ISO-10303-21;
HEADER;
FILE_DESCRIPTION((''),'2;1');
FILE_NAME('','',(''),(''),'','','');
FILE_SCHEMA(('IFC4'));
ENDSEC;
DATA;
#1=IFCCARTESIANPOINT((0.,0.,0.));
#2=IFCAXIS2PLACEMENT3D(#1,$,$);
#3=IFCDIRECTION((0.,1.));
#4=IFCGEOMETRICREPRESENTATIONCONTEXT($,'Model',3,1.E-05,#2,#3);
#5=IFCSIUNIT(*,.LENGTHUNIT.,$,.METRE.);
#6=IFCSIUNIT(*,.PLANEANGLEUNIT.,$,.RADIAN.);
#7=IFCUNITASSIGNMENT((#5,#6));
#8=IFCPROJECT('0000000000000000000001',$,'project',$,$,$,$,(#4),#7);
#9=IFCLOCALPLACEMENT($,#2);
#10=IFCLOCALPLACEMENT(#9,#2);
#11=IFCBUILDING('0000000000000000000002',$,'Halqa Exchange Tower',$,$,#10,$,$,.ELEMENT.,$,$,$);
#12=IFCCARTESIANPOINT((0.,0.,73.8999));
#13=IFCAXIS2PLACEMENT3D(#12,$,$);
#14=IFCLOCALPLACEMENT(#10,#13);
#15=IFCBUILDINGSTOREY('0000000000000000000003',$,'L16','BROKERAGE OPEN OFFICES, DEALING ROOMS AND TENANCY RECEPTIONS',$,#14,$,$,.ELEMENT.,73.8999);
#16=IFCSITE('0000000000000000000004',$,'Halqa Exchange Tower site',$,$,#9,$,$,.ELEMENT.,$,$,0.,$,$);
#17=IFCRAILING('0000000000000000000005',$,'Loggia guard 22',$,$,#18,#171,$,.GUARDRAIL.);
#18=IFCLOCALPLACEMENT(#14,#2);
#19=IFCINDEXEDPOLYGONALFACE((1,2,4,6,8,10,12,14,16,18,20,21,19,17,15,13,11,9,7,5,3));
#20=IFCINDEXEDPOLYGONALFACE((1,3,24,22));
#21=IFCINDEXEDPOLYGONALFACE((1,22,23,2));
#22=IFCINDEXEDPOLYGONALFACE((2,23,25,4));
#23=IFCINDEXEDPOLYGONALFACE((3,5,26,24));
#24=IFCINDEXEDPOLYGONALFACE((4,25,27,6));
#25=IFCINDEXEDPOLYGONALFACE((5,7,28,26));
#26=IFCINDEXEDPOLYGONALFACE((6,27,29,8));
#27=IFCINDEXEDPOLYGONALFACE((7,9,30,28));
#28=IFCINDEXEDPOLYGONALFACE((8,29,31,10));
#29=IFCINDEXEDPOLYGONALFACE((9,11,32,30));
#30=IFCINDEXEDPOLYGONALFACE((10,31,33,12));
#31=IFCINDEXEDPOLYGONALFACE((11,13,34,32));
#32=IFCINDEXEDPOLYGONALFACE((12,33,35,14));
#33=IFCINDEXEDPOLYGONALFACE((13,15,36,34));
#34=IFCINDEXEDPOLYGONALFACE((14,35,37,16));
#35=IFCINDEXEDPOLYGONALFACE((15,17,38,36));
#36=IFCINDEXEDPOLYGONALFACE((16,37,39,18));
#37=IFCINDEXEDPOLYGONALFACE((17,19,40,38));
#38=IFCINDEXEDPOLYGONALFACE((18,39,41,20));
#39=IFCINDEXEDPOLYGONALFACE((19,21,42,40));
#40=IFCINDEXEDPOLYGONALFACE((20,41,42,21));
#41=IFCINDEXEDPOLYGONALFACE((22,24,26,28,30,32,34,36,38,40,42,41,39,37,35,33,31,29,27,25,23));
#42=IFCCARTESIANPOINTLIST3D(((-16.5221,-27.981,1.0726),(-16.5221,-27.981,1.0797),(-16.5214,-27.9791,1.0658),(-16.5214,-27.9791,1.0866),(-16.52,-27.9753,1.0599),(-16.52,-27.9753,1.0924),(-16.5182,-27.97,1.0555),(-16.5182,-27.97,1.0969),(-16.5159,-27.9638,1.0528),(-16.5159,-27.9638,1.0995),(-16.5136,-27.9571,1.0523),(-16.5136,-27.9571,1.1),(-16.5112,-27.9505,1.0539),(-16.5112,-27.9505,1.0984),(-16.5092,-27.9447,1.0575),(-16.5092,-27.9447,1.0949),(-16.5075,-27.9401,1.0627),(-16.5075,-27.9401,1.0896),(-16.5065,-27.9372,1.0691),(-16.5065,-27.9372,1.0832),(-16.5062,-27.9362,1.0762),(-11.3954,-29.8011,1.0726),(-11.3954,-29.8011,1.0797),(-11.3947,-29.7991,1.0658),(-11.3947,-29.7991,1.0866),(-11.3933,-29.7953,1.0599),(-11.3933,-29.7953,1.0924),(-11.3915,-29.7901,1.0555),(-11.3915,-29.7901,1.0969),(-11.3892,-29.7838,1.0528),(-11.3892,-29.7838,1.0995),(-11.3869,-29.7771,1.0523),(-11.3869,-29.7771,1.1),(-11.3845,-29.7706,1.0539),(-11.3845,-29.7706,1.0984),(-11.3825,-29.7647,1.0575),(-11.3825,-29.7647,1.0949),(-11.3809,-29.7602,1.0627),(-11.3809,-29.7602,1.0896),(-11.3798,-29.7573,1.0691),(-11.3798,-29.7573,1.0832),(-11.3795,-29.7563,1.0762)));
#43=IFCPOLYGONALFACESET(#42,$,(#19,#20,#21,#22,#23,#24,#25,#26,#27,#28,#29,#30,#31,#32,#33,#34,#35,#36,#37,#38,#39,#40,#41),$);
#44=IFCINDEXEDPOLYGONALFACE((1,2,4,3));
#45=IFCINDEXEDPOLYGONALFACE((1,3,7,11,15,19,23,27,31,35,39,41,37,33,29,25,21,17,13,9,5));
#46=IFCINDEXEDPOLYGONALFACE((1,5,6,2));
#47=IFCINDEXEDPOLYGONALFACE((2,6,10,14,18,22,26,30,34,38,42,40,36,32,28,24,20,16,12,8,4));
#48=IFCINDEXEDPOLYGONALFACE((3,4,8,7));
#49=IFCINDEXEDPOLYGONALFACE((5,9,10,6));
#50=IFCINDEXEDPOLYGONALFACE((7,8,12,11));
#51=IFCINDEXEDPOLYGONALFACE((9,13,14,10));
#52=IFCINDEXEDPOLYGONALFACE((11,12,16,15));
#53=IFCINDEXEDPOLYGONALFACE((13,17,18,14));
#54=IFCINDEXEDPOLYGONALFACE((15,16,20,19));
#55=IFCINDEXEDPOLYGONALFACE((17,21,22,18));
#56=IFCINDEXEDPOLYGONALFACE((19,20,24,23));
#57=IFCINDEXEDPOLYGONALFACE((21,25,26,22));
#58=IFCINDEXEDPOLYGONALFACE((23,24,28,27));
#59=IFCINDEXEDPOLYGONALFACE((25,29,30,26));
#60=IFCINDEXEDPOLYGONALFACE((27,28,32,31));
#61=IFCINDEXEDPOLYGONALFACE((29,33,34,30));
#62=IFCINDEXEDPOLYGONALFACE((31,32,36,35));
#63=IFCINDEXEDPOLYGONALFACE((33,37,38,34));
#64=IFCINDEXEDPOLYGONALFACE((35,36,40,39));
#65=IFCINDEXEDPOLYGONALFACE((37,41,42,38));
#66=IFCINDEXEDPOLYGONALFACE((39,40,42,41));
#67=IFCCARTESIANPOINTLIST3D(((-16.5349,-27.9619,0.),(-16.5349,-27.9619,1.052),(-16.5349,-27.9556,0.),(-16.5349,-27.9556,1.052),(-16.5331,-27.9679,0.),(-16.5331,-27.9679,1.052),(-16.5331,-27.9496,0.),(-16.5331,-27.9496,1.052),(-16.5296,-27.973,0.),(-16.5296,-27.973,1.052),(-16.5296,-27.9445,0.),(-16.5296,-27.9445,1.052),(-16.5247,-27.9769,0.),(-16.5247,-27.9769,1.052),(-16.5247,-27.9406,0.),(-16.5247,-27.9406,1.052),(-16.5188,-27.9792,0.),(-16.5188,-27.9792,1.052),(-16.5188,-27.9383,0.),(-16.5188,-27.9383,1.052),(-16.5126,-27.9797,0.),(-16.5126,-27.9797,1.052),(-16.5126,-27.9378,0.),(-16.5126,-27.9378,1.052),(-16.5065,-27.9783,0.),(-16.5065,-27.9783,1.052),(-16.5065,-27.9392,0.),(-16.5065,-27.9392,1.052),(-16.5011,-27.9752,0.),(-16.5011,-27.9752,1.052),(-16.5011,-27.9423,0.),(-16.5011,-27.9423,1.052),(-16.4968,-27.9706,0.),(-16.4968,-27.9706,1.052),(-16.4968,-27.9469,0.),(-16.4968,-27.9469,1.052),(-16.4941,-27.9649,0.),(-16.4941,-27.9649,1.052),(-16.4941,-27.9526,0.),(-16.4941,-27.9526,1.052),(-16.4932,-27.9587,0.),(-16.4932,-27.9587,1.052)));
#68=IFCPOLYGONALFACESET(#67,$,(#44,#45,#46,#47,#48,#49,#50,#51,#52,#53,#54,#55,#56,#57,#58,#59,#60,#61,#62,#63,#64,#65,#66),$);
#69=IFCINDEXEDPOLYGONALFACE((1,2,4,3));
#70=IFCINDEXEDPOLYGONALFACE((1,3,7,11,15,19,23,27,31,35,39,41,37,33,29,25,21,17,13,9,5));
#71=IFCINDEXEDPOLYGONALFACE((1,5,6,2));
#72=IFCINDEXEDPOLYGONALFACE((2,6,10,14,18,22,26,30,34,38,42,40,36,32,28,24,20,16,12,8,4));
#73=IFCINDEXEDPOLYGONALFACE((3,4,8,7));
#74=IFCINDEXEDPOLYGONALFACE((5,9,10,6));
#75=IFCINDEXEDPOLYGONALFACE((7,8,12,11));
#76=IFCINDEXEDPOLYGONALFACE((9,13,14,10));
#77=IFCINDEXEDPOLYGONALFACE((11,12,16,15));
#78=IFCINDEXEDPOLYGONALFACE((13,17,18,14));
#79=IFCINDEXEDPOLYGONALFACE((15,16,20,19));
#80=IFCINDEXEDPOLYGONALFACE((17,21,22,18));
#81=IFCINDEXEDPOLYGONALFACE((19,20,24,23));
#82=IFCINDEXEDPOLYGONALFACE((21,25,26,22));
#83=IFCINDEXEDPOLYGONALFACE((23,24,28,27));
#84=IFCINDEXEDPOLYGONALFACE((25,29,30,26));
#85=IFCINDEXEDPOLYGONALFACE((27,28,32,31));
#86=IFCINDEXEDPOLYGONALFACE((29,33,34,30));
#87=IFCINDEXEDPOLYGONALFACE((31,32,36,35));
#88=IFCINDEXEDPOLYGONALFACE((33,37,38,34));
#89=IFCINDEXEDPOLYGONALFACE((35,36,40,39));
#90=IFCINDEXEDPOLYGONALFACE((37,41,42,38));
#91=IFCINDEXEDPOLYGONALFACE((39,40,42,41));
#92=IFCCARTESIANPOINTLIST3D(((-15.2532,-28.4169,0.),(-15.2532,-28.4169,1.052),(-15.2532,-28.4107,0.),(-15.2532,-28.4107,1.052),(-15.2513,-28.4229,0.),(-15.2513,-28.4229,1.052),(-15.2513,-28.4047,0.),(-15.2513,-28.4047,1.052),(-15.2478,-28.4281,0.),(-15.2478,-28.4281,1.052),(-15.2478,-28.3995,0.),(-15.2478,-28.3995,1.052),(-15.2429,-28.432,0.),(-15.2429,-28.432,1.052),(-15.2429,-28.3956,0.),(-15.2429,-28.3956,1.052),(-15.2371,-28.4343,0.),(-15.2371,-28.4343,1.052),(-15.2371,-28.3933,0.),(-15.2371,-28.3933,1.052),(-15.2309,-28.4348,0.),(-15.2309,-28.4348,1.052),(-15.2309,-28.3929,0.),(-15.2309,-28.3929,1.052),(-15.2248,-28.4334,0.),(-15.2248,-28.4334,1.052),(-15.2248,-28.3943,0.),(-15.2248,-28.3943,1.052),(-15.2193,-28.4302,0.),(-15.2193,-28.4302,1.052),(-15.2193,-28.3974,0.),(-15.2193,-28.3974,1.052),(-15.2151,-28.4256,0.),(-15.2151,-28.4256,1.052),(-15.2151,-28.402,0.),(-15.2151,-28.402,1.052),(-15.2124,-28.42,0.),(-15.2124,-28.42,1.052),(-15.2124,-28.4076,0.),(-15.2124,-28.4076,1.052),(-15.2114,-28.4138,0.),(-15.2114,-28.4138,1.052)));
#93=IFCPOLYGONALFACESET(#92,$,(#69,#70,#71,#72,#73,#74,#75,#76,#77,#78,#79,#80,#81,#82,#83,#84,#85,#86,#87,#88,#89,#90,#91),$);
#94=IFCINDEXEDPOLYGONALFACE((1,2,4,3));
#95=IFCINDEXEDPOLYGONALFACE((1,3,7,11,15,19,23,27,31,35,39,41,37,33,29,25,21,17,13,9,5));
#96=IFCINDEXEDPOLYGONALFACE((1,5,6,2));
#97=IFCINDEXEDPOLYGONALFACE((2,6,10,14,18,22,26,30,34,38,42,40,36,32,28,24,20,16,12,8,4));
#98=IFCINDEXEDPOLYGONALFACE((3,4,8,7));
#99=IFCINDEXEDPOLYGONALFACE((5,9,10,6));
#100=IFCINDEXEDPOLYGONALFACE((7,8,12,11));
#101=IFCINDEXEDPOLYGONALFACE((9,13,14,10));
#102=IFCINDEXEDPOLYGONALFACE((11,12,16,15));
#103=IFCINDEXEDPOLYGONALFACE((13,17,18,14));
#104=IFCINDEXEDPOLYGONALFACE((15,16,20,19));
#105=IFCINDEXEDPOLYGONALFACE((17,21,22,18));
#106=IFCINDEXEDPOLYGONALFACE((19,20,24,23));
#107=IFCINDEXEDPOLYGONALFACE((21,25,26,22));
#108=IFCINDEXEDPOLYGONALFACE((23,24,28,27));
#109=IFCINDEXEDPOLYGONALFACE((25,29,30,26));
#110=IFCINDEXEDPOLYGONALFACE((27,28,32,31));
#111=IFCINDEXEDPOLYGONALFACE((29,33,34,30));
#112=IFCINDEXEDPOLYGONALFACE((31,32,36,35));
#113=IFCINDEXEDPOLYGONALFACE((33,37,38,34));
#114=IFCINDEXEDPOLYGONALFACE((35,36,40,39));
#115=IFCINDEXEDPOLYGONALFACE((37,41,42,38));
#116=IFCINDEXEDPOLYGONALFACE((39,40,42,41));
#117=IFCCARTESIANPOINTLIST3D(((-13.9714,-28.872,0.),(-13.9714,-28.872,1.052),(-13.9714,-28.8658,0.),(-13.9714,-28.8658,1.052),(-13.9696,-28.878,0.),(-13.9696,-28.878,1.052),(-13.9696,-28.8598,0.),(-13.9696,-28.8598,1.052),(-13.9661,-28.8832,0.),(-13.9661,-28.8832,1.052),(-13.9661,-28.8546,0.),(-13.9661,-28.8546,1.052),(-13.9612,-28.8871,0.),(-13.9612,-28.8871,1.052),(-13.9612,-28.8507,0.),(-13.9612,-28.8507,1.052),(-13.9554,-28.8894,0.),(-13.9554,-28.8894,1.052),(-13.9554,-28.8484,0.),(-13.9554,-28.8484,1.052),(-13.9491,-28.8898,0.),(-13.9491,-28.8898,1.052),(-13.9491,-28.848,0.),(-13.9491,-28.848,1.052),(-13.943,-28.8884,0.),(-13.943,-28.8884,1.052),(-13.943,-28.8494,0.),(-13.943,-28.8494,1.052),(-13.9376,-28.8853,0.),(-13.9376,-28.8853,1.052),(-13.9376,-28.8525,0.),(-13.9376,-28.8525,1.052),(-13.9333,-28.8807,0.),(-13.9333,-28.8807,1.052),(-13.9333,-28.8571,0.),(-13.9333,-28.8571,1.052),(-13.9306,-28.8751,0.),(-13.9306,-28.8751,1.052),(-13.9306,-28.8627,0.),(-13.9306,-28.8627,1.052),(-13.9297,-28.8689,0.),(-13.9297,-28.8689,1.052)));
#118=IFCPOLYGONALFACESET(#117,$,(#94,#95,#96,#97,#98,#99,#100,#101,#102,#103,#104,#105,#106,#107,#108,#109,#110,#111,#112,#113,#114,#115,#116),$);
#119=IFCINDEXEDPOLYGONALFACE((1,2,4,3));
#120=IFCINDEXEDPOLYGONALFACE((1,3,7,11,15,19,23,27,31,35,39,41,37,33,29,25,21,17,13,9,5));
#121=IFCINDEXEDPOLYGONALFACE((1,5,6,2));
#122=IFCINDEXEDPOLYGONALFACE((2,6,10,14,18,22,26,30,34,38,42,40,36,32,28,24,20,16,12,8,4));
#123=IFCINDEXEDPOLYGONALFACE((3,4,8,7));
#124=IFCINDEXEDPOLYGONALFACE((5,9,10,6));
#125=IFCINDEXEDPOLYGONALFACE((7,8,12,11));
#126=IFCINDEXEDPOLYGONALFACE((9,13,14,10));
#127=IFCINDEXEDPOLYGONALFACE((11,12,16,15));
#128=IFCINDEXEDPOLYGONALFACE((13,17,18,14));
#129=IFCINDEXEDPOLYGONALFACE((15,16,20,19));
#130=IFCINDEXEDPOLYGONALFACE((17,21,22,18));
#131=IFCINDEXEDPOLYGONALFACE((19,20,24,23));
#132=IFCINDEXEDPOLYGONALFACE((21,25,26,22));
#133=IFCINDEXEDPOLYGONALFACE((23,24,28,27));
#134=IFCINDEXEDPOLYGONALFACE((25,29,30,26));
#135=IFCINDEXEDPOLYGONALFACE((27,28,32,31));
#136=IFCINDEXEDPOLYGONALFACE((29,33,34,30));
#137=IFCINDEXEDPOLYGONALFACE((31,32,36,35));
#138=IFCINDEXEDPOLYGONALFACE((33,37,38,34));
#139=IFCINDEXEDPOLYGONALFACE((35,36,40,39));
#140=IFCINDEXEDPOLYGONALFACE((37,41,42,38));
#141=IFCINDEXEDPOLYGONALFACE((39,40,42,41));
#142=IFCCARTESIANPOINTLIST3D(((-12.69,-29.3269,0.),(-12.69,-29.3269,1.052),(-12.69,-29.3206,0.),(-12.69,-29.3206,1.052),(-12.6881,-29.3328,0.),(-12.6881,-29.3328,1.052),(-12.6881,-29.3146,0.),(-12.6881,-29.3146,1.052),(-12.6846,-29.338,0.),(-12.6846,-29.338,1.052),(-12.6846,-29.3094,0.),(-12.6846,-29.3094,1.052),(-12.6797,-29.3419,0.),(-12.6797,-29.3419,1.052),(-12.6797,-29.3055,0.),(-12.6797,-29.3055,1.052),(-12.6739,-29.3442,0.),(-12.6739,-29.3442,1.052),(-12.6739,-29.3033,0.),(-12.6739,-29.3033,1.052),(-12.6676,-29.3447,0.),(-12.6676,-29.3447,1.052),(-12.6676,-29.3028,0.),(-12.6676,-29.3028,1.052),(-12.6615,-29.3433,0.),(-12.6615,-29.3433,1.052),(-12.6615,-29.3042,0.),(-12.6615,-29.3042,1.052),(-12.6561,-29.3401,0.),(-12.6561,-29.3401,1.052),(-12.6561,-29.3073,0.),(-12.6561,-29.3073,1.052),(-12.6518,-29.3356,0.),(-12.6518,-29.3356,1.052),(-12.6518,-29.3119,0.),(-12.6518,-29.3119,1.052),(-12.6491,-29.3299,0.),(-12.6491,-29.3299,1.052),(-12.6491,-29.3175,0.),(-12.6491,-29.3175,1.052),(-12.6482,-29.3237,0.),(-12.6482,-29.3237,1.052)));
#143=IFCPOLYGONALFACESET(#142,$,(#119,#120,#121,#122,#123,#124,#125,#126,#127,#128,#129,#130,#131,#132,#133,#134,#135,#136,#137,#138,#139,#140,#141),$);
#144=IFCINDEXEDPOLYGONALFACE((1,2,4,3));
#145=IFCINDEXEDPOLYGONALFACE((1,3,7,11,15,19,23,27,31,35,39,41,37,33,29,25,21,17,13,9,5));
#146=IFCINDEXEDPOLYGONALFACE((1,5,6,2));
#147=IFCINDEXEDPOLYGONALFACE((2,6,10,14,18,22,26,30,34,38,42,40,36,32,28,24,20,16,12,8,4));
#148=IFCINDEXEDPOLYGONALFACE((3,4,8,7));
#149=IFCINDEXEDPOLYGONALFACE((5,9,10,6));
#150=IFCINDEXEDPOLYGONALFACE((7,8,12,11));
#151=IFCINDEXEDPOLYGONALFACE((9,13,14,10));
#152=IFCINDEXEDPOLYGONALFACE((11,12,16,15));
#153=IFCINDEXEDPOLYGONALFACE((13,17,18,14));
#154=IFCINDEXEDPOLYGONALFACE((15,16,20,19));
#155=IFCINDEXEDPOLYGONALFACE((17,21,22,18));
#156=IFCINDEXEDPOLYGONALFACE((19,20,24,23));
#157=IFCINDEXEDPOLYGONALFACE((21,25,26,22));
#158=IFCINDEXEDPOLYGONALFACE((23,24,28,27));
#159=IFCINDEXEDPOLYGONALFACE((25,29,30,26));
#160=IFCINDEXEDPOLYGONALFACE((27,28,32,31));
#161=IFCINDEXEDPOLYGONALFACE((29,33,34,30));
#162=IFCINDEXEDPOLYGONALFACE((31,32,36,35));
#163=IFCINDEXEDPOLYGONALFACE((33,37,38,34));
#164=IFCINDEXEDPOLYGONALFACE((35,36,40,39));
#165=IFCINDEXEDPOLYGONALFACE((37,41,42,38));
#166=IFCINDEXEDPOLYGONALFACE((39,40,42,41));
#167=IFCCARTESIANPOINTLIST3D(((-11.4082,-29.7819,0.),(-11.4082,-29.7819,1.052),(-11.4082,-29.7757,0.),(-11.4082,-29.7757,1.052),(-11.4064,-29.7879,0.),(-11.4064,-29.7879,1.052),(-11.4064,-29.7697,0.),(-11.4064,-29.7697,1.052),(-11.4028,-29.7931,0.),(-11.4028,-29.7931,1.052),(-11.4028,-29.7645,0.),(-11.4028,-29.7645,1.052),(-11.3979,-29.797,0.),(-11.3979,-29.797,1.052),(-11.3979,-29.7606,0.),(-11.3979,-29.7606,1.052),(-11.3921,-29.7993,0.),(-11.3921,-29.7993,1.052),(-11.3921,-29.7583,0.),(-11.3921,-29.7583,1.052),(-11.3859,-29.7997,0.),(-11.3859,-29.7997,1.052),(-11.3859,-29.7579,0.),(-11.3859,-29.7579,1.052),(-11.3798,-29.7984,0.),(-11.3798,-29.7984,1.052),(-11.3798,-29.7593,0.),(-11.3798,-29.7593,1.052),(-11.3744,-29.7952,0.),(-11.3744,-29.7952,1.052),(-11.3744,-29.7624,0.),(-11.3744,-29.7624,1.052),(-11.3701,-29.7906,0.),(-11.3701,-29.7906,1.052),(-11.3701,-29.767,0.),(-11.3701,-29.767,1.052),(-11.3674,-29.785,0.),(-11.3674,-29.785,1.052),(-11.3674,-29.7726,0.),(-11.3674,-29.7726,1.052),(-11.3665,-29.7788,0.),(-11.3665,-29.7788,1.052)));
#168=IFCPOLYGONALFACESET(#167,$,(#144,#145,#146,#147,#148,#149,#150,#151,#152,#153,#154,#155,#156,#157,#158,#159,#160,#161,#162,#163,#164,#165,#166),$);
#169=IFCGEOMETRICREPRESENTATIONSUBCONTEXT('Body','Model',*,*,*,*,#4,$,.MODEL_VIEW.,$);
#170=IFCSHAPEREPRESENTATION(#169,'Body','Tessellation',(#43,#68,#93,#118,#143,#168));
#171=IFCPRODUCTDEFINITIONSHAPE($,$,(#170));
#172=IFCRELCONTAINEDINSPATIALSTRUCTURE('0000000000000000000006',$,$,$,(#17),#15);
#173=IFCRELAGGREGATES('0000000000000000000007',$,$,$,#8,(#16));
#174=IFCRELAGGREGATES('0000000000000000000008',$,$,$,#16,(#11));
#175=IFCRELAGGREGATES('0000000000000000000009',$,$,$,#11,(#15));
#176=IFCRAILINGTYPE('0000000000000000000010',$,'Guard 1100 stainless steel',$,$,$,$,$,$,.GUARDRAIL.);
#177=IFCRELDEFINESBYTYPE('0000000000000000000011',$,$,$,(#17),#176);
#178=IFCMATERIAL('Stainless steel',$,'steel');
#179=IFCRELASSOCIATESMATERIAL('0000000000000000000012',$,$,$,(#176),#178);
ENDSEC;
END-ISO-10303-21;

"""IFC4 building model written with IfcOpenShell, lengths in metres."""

from ifc_helpers import new_model, si_unit, direction, frame, origin, origin_2d, place, context, subcontext, project, spatial, circle, extrude, material, type_object, element, save


model = new_model("IFC4")

# Units and contexts
model_context = context("Model", 3, precision=1e-05, world=origin(), true_north=direction((0.0, 1.0)))
body_context = subcontext(model_context, "Body", "Model", "MODEL_VIEW")
ifc_project = project(units=[si_unit("LENGTHUNIT", "METRE"), si_unit("PLANEANGLEUNIT", "RADIAN")], contexts=[model_context])

# Site, building, storey
site_placement = place(None, origin())
site = spatial("IfcSite", under=ifc_project, at=site_placement, Name="Halqa Exchange Tower site", CompositionType="ELEMENT", RefElevation=0.0)
building_placement = place(site_placement, origin())
building = spatial("IfcBuilding", under=site, at=building_placement, Name="Halqa Exchange Tower", CompositionType="ELEMENT")
storey_placement = place(building_placement, frame((0.0, 0.0, 73.8999)))
storey = spatial("IfcBuildingStorey", under=building, at=storey_placement, Name="L16", Description="BROKERAGE OPEN OFFICES, DEALING ROOMS AND TENANCY RECEPTIONS", CompositionType="ELEMENT", Elevation=73.8999)

# Railing
ifc_material_1 = material(Name="Stainless steel", Category="steel")
railing_type = type_object("IfcRailingType", Name="Guard 1100 stainless steel", PredefinedType="GUARDRAIL", material=ifc_material_1)
railing_1_placement = place(storey_placement, frame((-16.5142, -27.9587, 0.0)))
element("IfcRailing", 1, at=railing_1_placement, inside=storey, type_object=railing_type, Name="Loggia guard 22", PredefinedType="GUARDRAIL", context=body_context, shape_type="SweptSolid", body=[
    extrude(circle(Radius=0.0239, at=origin_2d()), frame((0.0, 0.0, 1.0762), z_axis=(0.942375, -0.334559, 0.0), x_axis=(0.334559, 0.942375, 0.0)), (0.0, 0.0, 1.0), 5.4402),
    extrude(circle(Radius=0.021, at=origin_2d()), origin(), (0.0, 0.0, 1.0), 1.052),
    extrude(circle(Radius=0.021, at=origin_2d()), frame((1.2817, -0.4551, 0.0)), (0.0, 0.0, 1.0), 1.052),
    extrude(circle(Radius=0.021, at=origin_2d()), frame((2.5635, -0.9102, 0.0)), (0.0, 0.0, 1.0), 1.052),
    extrude(circle(Radius=0.021, at=origin_2d()), frame((3.845, -1.365, 0.0)), (0.0, 0.0, 1.0), 1.052),
    extrude(circle(Radius=0.021, at=origin_2d()), frame((5.1267, -1.8201, 0.0)), (0.0, 0.0, 1.0), 1.052),
])

save(model, "model.ifc")
